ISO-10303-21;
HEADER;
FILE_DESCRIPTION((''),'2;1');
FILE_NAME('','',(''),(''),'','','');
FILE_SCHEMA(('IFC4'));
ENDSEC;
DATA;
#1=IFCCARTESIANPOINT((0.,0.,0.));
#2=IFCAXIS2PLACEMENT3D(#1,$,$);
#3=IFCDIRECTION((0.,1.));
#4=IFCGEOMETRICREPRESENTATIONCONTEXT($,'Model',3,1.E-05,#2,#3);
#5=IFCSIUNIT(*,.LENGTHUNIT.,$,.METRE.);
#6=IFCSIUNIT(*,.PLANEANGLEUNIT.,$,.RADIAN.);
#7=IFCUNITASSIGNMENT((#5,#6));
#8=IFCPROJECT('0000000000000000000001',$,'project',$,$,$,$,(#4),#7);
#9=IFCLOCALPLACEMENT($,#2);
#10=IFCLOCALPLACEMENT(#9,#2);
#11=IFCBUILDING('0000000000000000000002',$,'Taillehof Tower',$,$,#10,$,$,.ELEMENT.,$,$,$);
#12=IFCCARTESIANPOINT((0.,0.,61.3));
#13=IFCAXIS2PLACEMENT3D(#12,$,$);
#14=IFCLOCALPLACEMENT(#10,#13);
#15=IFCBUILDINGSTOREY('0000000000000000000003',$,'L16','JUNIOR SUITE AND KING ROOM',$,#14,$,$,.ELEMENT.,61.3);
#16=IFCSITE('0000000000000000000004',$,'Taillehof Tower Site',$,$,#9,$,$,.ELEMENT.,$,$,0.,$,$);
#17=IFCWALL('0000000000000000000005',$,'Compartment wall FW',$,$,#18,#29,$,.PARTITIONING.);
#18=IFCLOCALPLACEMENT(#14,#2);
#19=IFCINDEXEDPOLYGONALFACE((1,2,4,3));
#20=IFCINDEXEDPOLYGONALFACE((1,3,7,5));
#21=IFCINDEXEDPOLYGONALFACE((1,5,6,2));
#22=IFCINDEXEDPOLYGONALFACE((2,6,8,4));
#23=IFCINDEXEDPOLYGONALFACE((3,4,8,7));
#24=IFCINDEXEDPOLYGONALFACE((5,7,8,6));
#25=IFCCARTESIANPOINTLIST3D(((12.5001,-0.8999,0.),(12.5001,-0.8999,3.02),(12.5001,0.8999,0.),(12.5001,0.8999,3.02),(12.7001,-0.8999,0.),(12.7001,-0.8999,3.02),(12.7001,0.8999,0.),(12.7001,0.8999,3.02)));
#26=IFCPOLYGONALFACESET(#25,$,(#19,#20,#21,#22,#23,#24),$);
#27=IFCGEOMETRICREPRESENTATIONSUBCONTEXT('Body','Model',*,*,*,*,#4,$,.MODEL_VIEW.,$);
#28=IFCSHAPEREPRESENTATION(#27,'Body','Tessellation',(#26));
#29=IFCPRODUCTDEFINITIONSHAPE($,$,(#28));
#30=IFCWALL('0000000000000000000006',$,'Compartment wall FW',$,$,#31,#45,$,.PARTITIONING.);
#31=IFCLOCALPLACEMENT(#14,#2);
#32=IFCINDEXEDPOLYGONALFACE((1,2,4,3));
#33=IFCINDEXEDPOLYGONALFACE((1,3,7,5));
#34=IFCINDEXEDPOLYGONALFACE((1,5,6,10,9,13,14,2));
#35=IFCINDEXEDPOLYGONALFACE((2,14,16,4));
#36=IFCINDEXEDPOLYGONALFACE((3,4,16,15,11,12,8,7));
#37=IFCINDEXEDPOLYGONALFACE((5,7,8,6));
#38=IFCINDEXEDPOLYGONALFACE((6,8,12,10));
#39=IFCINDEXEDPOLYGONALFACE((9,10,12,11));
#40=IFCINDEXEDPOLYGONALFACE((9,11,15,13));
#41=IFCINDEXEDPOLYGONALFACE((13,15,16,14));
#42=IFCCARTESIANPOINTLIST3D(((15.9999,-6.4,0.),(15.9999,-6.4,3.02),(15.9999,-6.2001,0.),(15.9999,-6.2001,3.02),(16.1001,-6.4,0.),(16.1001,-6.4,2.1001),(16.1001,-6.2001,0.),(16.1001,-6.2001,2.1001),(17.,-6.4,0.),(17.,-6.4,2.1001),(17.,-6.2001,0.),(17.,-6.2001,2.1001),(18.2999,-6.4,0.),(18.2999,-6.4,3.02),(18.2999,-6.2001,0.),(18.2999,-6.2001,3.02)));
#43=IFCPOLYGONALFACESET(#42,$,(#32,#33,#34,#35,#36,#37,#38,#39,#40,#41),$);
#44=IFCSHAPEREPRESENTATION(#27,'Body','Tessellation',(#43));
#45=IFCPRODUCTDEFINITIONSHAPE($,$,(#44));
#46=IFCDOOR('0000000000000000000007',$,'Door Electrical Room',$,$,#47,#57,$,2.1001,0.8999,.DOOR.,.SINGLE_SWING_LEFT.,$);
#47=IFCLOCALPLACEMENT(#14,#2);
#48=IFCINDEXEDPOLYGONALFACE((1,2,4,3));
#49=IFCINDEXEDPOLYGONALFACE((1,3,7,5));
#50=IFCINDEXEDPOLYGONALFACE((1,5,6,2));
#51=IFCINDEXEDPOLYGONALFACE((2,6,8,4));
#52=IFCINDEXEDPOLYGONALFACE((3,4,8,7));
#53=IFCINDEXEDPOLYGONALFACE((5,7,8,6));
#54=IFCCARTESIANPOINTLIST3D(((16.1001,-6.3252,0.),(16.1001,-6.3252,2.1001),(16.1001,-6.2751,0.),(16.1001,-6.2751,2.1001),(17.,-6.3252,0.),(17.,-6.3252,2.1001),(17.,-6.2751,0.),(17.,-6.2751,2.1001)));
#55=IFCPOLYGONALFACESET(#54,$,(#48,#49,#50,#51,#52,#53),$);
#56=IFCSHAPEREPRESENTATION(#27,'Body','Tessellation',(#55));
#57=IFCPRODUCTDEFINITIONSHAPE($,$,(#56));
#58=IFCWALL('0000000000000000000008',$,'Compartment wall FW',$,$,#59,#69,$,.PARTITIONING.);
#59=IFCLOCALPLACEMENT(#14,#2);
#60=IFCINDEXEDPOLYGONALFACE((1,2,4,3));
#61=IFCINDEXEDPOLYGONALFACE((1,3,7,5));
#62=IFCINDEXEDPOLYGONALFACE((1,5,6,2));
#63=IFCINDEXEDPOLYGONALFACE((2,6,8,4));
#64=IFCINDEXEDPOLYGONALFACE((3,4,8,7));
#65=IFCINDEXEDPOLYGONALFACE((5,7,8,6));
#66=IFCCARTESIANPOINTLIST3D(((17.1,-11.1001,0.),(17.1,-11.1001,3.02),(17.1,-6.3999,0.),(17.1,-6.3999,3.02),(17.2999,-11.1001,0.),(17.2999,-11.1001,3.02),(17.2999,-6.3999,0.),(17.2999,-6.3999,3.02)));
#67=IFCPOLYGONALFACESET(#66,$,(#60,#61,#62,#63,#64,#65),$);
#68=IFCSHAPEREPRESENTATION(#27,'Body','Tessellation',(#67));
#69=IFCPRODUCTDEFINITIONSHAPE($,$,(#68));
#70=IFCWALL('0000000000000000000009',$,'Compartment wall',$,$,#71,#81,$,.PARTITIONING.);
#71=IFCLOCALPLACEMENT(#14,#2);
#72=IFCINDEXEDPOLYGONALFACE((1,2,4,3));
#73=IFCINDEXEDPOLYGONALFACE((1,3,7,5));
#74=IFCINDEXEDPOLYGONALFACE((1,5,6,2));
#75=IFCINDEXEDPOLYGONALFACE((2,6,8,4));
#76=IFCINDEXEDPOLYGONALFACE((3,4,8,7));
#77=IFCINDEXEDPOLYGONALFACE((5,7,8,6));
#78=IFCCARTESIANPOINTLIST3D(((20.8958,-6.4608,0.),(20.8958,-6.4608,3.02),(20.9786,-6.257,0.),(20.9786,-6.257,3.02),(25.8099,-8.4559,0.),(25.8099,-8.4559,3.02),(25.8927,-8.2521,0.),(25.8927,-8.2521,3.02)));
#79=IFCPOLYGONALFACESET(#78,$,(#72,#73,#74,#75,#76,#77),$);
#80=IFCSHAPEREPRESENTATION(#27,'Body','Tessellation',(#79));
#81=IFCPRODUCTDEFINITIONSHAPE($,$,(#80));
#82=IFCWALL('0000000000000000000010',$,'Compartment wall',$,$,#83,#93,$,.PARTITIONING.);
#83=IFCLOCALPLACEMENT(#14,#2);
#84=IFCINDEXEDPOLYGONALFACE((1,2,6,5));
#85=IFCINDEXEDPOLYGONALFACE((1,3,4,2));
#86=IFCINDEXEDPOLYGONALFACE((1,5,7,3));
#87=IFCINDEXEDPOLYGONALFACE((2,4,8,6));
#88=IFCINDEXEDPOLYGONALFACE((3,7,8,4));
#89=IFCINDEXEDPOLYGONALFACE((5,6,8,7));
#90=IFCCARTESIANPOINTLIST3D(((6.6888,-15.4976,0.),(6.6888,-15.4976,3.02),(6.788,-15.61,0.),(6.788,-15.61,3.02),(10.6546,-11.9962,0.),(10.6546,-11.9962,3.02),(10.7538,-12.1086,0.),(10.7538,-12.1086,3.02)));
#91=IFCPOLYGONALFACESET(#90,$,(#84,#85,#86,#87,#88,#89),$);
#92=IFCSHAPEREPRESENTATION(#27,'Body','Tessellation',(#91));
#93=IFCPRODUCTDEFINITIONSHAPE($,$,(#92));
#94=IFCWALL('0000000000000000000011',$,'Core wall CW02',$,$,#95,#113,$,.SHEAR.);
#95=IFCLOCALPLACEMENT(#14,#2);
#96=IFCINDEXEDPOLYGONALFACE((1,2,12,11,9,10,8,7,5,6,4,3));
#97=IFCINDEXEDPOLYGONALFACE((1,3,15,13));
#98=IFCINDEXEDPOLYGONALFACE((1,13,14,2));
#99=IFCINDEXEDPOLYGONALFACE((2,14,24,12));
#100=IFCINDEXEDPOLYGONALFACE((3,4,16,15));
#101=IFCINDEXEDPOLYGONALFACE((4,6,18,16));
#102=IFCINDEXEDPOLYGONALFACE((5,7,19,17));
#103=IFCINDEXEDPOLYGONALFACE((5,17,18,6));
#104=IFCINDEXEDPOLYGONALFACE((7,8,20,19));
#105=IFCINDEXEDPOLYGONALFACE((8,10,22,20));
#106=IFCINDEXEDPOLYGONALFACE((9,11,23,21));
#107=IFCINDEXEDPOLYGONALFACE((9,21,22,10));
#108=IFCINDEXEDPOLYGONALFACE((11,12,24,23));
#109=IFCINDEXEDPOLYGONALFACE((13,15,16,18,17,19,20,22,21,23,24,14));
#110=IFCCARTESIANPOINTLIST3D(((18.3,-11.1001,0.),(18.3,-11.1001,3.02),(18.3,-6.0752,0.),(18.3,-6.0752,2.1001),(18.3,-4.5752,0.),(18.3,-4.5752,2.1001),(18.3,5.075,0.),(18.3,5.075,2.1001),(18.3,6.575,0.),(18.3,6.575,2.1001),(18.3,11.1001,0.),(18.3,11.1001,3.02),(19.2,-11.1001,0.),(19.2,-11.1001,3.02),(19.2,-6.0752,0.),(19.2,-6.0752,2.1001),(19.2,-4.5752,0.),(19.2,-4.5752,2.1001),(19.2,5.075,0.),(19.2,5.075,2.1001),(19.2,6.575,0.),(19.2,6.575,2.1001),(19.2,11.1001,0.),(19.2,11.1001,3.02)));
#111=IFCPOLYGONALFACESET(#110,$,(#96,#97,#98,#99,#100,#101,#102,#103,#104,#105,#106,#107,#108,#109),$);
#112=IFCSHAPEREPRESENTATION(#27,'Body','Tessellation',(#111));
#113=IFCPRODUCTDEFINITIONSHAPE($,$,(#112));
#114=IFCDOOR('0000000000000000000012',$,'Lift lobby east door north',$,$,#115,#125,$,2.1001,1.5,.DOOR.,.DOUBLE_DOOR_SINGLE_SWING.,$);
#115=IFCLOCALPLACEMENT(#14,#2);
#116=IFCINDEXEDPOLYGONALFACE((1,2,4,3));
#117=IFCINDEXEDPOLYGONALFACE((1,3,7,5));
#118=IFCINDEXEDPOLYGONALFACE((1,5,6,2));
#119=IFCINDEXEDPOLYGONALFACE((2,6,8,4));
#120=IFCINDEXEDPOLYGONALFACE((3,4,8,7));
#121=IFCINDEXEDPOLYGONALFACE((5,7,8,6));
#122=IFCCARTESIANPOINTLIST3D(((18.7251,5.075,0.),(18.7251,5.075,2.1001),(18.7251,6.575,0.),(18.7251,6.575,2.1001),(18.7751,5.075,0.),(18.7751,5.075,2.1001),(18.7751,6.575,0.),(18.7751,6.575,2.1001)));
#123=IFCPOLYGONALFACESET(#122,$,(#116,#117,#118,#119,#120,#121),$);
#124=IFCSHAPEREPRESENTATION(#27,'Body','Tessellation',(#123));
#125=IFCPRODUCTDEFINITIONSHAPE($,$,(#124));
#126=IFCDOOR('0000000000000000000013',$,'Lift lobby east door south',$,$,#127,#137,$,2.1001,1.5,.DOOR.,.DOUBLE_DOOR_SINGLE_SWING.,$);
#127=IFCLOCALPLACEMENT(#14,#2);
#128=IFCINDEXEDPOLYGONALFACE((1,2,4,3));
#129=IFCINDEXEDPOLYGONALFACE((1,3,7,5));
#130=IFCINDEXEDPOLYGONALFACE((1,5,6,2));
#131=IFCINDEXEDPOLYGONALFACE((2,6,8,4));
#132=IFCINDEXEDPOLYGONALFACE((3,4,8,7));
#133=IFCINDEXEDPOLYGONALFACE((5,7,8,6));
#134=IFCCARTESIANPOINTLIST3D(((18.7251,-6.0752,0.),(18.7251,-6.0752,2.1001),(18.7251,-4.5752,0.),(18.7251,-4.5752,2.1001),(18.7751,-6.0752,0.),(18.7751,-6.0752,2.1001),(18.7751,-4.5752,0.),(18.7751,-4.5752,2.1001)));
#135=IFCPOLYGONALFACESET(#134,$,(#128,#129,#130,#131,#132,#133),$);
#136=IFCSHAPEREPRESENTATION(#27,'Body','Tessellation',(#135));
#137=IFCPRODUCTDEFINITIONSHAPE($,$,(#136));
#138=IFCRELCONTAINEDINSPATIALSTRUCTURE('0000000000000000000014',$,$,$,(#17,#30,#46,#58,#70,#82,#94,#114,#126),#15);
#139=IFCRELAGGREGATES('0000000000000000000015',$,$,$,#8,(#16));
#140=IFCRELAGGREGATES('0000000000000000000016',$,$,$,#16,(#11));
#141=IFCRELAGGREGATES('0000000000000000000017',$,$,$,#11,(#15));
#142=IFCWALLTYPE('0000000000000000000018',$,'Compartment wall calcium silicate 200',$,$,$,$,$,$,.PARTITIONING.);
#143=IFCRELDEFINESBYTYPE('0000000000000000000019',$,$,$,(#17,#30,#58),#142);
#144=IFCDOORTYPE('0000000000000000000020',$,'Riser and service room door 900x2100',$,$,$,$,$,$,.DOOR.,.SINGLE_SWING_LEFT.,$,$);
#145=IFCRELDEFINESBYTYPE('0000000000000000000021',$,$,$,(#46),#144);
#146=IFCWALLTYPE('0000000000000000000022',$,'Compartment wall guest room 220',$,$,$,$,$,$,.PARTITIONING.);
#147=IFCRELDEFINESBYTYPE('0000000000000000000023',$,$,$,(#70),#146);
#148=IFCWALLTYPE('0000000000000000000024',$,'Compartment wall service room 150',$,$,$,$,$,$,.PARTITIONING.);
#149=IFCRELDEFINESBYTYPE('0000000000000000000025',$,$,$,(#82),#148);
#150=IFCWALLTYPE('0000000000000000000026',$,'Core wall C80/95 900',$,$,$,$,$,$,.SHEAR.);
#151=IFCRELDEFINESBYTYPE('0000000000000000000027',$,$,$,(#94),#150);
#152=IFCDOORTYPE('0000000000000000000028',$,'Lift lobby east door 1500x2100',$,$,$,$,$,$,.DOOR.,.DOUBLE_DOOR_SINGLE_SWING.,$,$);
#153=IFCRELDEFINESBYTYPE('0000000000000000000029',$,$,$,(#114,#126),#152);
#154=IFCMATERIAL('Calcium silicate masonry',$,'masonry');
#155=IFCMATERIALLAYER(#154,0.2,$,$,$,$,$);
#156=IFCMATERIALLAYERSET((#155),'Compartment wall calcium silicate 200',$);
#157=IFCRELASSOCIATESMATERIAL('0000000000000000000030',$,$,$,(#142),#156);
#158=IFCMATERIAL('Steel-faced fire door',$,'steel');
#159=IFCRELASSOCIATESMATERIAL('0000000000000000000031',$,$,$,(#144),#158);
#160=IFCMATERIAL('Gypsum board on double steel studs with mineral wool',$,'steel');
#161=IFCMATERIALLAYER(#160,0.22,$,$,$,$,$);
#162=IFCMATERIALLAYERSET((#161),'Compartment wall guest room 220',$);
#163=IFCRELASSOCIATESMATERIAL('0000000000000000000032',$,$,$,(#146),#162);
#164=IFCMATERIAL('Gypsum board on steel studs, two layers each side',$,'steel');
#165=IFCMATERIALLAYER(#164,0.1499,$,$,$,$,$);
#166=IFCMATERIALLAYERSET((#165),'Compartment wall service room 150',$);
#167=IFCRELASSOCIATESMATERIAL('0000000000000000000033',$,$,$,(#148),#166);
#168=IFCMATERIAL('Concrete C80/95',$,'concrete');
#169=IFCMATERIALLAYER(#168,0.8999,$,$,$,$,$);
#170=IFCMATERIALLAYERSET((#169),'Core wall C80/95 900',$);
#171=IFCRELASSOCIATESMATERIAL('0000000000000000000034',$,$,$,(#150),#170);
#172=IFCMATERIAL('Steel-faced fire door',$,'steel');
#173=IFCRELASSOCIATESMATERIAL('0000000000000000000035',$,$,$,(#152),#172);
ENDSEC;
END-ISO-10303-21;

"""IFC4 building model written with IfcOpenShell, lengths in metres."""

from ifc_helpers import new_model, si_unit, direction, frame, frame_2d, origin, place, context, subcontext, project, spatial, rectangle, extrude, material, layer, layer_set, type_object, element, fill, save


model = new_model("IFC4")

# Units and contexts
model_context = context("Model", 3, precision=1e-05, world=origin(), true_north=direction((0.0, 1.0)))
body_context = subcontext(model_context, "Body", "Model", "MODEL_VIEW")
ifc_project = project(units=[si_unit("LENGTHUNIT", "METRE"), si_unit("PLANEANGLEUNIT", "RADIAN")], contexts=[model_context])

# Site, building, storey
site_placement = place(None, origin())
site = spatial("IfcSite", under=ifc_project, at=site_placement, Name="Taillehof Tower Site", CompositionType="ELEMENT", RefElevation=0.0)
building_placement = place(site_placement, origin())
building = spatial("IfcBuilding", under=site, at=building_placement, Name="Taillehof Tower", CompositionType="ELEMENT")
storey_placement = place(building_placement, frame((0.0, 0.0, 61.3)))
storey = spatial("IfcBuildingStorey", under=building, at=storey_placement, Name="L16", Description="JUNIOR SUITE AND KING ROOM", CompositionType="ELEMENT", Elevation=61.3)

# Wall
ifc_material_1 = material(Name="Calcium silicate masonry", Category="masonry")
ifc_layer_1 = layer(ifc_material_1, 0.2)
ifc_layer_set_1 = layer_set([ifc_layer_1], Name="Compartment wall calcium silicate 200")
wall_type_1 = type_object("IfcWallType", Name="Compartment wall calcium silicate 200", PredefinedType="PARTITIONING", material=ifc_layer_set_1)
for number, where, z_axis, x_axis, name in (
    (1, (12.6001, -0.8999, 0.0), (0.0, 0.0, 1.0), (0.0, 1.0, 0.0), "Compartment wall FW"),
):
    element("IfcWall", number, at=place(storey_placement, frame(where, z_axis=z_axis, x_axis=x_axis)), inside=storey, type_object=wall_type_1, Name=name, PredefinedType="PARTITIONING", context=body_context, shape_type="SweptSolid", body=[
        extrude(rectangle(XDim=1.7998, YDim=0.2, at=frame_2d((0.8999, 0.0))), origin(), (0.0, 0.0, 1.0), 3.02),
    ])

# Wall, opening, door
wall_1_placement = place(storey_placement, frame((16.0, -6.3, 0.0), z_axis=(0.0, 0.0, 1.0), x_axis=(1.0, 0.0, 0.0)))
wall_1 = element("IfcWall", 2, at=wall_1_placement, inside=storey, type_object=wall_type_1, Name="Compartment wall FW", PredefinedType="PARTITIONING", context=body_context, shape_type="SweptSolid", body=[
    extrude(rectangle(XDim=2.3, YDim=0.2, at=frame_2d((1.1499, 0.0))), origin(), (0.0, 0.0, 1.0), 3.02),
])
opening_1_placement = place(wall_1_placement, frame((0.1001, 0.0, 0.0)))
opening_1 = element("IfcOpeningElement", 3, at=opening_1_placement, cuts=wall_1, PredefinedType="OPENING", context=body_context, shape_type="SweptSolid", body=[
    extrude(rectangle(XDim=0.8999, YDim=2.1001, at=frame_2d((0.45, 1.05))), frame((0.0, 0.1099, 0.0), z_axis=(0.0, -1.0, 0.0), x_axis=(1.0, 0.0, 0.0)), (0.0, 0.0, 1.0), 0.22),
])
ifc_material_2 = material(Name="Steel-faced fire door", Category="steel")
door_type_1 = type_object("IfcDoorType", Name="Riser and service room door 900x2100", OperationType="SINGLE_SWING_LEFT", PredefinedType="DOOR", material=ifc_material_2)
door_1_placement = place(opening_1_placement, origin())
door_1 = element("IfcDoor", 4, at=door_1_placement, inside=storey, type_object=door_type_1, Name="Door Electrical Room", OperationType="SINGLE_SWING_LEFT", OverallHeight=2.1001, OverallWidth=0.8999, PredefinedType="DOOR", context=body_context, shape_type="SweptSolid", body=[
    extrude(rectangle(XDim=0.8999, YDim=2.1001, at=frame_2d((0.45, 1.05))), frame((0.0, 0.0249, 0.0), z_axis=(0.0, -1.0, 0.0), x_axis=(1.0, 0.0, 0.0)), (0.0, 0.0, 1.0), 0.05),
])
fill(opening_1, door_1)

# Walls
wall_2_placement = place(storey_placement, frame((17.2, -11.1001, 0.0), z_axis=(0.0, 0.0, 1.0), x_axis=(0.0, 1.0, 0.0)))
element("IfcWall", 5, at=wall_2_placement, inside=storey, type_object=wall_type_1, Name="Compartment wall FW", PredefinedType="PARTITIONING", context=body_context, shape_type="SweptSolid", body=[
    extrude(rectangle(XDim=4.7002, YDim=0.2, at=frame_2d((2.3501, 0.0))), origin(), (0.0, 0.0, 1.0), 3.02),
])
ifc_material_3 = material(Name="Gypsum board on double steel studs with mineral wool", Category="steel")
ifc_layer_2 = layer(ifc_material_3, 0.22)
ifc_layer_set_2 = layer_set([ifc_layer_2], Name="Compartment wall guest room 220")
wall_type_2 = type_object("IfcWallType", Name="Compartment wall guest room 220", PredefinedType="PARTITIONING", material=ifc_layer_set_2)
wall_3_placement = place(storey_placement, frame((25.8513, -8.354, 0.0), z_axis=(0.0, 0.0, 1.0), x_axis=(-0.926547, 0.376179, 0.0)))
element("IfcWall", 6, at=wall_3_placement, inside=storey, type_object=wall_type_2, Name="Compartment wall", PredefinedType="PARTITIONING", context=body_context, shape_type="SweptSolid", body=[
    extrude(rectangle(XDim=5.3037, YDim=0.22, at=frame_2d((2.6519, 0.0))), origin(), (0.0, 0.0, 1.0), 3.02),
])
ifc_material_4 = material(Name="Gypsum board on steel studs, two layers each side", Category="steel")
ifc_layer_3 = layer(ifc_material_4, 0.1499)
ifc_layer_set_3 = layer_set([ifc_layer_3], Name="Compartment wall service room 150")
wall_type_3 = type_object("IfcWallType", Name="Compartment wall service room 150", PredefinedType="PARTITIONING", material=ifc_layer_set_3)
wall_4_placement = place(storey_placement, frame((10.7041, -12.0525, 0.0), z_axis=(0.0, 0.0, 1.0), x_axis=(-0.74963, -0.661857, 0.0)))
element("IfcWall", 7, at=wall_4_placement, inside=storey, type_object=wall_type_3, Name="Compartment wall", PredefinedType="PARTITIONING", context=body_context, shape_type="SweptSolid", body=[
    extrude(rectangle(XDim=5.2903, YDim=0.1499, at=frame_2d((2.645, 0.0))), origin(), (0.0, 0.0, 1.0), 3.02),
])

# Wall, openings, doors
ifc_material_5 = material(Name="Concrete C80/95", Category="concrete")
ifc_layer_4 = layer(ifc_material_5, 0.8999)
ifc_layer_set_4 = layer_set([ifc_layer_4], Name="Core wall C80/95 900")
wall_type_4 = type_object("IfcWallType", Name="Core wall C80/95 900", PredefinedType="SHEAR", material=ifc_layer_set_4)
wall_5_placement = place(storey_placement, frame((18.75, -11.1001, 0.0), z_axis=(0.0, 0.0, 1.0), x_axis=(0.0, 1.0, 0.0)))
wall_5 = element("IfcWall", 8, at=wall_5_placement, inside=storey, type_object=wall_type_4, Name="Core wall CW02", PredefinedType="SHEAR", context=body_context, shape_type="SweptSolid", body=[
    extrude(rectangle(XDim=22.2002, YDim=0.8999, at=frame_2d((11.1001, 0.0))), origin(), (0.0, 0.0, 1.0), 3.02),
])
opening_2_placement = place(wall_5_placement, frame((16.175, 0.0, 0.0)))
opening_2 = element("IfcOpeningElement", 9, at=opening_2_placement, cuts=wall_5, PredefinedType="OPENING", context=body_context, shape_type="SweptSolid", body=[
    extrude(rectangle(XDim=1.5, YDim=2.1001, at=frame_2d((0.75, 1.05))), frame((0.0, 0.46, 0.0), z_axis=(0.0, -1.0, 0.0), x_axis=(1.0, 0.0, 0.0)), (0.0, 0.0, 1.0), 0.9199),
])
opening_3_placement = place(wall_5_placement, frame((5.0249, 0.0, 0.0)))
opening_3 = element("IfcOpeningElement", 10, at=opening_3_placement, cuts=wall_5, PredefinedType="OPENING", context=body_context, shape_type="SweptSolid", body=[
    extrude(rectangle(XDim=1.5, YDim=2.1001, at=frame_2d((0.75, 1.05))), frame((0.0, 0.46, 0.0), z_axis=(0.0, -1.0, 0.0), x_axis=(1.0, 0.0, 0.0)), (0.0, 0.0, 1.0), 0.9199),
])
ifc_material_6 = material(Name="Steel-faced fire door", Category="steel")
door_type_2 = type_object("IfcDoorType", Name="Lift lobby east door 1500x2100", OperationType="DOUBLE_DOOR_SINGLE_SWING", PredefinedType="DOOR", material=ifc_material_6)
door_2_placement = place(opening_2_placement, origin())
door_2 = element("IfcDoor", 11, at=door_2_placement, inside=storey, type_object=door_type_2, Name="Lift lobby east door north", OperationType="DOUBLE_DOOR_SINGLE_SWING", OverallHeight=2.1001, OverallWidth=1.5, PredefinedType="DOOR", context=body_context, shape_type="SweptSolid", body=[
    extrude(rectangle(XDim=1.5, YDim=2.1001, at=frame_2d((0.75, 1.05))), frame((0.0, 0.0249, 0.0), z_axis=(0.0, -1.0, 0.0), x_axis=(1.0, 0.0, 0.0)), (0.0, 0.0, 1.0), 0.05),
])
fill(opening_2, door_2)
door_3_placement = place(opening_3_placement, origin())
door_3 = element("IfcDoor", 12, at=door_3_placement, inside=storey, type_object=door_type_2, Name="Lift lobby east door south", OperationType="DOUBLE_DOOR_SINGLE_SWING", OverallHeight=2.1001, OverallWidth=1.5, PredefinedType="DOOR", context=body_context, shape_type="SweptSolid", body=[
    extrude(rectangle(XDim=1.5, YDim=2.1001, at=frame_2d((0.75, 1.05))), frame((0.0, 0.0249, 0.0), z_axis=(0.0, -1.0, 0.0), x_axis=(1.0, 0.0, 0.0)), (0.0, 0.0, 1.0), 0.05),
])
fill(opening_3, door_3)

save(model, "model.ifc")
